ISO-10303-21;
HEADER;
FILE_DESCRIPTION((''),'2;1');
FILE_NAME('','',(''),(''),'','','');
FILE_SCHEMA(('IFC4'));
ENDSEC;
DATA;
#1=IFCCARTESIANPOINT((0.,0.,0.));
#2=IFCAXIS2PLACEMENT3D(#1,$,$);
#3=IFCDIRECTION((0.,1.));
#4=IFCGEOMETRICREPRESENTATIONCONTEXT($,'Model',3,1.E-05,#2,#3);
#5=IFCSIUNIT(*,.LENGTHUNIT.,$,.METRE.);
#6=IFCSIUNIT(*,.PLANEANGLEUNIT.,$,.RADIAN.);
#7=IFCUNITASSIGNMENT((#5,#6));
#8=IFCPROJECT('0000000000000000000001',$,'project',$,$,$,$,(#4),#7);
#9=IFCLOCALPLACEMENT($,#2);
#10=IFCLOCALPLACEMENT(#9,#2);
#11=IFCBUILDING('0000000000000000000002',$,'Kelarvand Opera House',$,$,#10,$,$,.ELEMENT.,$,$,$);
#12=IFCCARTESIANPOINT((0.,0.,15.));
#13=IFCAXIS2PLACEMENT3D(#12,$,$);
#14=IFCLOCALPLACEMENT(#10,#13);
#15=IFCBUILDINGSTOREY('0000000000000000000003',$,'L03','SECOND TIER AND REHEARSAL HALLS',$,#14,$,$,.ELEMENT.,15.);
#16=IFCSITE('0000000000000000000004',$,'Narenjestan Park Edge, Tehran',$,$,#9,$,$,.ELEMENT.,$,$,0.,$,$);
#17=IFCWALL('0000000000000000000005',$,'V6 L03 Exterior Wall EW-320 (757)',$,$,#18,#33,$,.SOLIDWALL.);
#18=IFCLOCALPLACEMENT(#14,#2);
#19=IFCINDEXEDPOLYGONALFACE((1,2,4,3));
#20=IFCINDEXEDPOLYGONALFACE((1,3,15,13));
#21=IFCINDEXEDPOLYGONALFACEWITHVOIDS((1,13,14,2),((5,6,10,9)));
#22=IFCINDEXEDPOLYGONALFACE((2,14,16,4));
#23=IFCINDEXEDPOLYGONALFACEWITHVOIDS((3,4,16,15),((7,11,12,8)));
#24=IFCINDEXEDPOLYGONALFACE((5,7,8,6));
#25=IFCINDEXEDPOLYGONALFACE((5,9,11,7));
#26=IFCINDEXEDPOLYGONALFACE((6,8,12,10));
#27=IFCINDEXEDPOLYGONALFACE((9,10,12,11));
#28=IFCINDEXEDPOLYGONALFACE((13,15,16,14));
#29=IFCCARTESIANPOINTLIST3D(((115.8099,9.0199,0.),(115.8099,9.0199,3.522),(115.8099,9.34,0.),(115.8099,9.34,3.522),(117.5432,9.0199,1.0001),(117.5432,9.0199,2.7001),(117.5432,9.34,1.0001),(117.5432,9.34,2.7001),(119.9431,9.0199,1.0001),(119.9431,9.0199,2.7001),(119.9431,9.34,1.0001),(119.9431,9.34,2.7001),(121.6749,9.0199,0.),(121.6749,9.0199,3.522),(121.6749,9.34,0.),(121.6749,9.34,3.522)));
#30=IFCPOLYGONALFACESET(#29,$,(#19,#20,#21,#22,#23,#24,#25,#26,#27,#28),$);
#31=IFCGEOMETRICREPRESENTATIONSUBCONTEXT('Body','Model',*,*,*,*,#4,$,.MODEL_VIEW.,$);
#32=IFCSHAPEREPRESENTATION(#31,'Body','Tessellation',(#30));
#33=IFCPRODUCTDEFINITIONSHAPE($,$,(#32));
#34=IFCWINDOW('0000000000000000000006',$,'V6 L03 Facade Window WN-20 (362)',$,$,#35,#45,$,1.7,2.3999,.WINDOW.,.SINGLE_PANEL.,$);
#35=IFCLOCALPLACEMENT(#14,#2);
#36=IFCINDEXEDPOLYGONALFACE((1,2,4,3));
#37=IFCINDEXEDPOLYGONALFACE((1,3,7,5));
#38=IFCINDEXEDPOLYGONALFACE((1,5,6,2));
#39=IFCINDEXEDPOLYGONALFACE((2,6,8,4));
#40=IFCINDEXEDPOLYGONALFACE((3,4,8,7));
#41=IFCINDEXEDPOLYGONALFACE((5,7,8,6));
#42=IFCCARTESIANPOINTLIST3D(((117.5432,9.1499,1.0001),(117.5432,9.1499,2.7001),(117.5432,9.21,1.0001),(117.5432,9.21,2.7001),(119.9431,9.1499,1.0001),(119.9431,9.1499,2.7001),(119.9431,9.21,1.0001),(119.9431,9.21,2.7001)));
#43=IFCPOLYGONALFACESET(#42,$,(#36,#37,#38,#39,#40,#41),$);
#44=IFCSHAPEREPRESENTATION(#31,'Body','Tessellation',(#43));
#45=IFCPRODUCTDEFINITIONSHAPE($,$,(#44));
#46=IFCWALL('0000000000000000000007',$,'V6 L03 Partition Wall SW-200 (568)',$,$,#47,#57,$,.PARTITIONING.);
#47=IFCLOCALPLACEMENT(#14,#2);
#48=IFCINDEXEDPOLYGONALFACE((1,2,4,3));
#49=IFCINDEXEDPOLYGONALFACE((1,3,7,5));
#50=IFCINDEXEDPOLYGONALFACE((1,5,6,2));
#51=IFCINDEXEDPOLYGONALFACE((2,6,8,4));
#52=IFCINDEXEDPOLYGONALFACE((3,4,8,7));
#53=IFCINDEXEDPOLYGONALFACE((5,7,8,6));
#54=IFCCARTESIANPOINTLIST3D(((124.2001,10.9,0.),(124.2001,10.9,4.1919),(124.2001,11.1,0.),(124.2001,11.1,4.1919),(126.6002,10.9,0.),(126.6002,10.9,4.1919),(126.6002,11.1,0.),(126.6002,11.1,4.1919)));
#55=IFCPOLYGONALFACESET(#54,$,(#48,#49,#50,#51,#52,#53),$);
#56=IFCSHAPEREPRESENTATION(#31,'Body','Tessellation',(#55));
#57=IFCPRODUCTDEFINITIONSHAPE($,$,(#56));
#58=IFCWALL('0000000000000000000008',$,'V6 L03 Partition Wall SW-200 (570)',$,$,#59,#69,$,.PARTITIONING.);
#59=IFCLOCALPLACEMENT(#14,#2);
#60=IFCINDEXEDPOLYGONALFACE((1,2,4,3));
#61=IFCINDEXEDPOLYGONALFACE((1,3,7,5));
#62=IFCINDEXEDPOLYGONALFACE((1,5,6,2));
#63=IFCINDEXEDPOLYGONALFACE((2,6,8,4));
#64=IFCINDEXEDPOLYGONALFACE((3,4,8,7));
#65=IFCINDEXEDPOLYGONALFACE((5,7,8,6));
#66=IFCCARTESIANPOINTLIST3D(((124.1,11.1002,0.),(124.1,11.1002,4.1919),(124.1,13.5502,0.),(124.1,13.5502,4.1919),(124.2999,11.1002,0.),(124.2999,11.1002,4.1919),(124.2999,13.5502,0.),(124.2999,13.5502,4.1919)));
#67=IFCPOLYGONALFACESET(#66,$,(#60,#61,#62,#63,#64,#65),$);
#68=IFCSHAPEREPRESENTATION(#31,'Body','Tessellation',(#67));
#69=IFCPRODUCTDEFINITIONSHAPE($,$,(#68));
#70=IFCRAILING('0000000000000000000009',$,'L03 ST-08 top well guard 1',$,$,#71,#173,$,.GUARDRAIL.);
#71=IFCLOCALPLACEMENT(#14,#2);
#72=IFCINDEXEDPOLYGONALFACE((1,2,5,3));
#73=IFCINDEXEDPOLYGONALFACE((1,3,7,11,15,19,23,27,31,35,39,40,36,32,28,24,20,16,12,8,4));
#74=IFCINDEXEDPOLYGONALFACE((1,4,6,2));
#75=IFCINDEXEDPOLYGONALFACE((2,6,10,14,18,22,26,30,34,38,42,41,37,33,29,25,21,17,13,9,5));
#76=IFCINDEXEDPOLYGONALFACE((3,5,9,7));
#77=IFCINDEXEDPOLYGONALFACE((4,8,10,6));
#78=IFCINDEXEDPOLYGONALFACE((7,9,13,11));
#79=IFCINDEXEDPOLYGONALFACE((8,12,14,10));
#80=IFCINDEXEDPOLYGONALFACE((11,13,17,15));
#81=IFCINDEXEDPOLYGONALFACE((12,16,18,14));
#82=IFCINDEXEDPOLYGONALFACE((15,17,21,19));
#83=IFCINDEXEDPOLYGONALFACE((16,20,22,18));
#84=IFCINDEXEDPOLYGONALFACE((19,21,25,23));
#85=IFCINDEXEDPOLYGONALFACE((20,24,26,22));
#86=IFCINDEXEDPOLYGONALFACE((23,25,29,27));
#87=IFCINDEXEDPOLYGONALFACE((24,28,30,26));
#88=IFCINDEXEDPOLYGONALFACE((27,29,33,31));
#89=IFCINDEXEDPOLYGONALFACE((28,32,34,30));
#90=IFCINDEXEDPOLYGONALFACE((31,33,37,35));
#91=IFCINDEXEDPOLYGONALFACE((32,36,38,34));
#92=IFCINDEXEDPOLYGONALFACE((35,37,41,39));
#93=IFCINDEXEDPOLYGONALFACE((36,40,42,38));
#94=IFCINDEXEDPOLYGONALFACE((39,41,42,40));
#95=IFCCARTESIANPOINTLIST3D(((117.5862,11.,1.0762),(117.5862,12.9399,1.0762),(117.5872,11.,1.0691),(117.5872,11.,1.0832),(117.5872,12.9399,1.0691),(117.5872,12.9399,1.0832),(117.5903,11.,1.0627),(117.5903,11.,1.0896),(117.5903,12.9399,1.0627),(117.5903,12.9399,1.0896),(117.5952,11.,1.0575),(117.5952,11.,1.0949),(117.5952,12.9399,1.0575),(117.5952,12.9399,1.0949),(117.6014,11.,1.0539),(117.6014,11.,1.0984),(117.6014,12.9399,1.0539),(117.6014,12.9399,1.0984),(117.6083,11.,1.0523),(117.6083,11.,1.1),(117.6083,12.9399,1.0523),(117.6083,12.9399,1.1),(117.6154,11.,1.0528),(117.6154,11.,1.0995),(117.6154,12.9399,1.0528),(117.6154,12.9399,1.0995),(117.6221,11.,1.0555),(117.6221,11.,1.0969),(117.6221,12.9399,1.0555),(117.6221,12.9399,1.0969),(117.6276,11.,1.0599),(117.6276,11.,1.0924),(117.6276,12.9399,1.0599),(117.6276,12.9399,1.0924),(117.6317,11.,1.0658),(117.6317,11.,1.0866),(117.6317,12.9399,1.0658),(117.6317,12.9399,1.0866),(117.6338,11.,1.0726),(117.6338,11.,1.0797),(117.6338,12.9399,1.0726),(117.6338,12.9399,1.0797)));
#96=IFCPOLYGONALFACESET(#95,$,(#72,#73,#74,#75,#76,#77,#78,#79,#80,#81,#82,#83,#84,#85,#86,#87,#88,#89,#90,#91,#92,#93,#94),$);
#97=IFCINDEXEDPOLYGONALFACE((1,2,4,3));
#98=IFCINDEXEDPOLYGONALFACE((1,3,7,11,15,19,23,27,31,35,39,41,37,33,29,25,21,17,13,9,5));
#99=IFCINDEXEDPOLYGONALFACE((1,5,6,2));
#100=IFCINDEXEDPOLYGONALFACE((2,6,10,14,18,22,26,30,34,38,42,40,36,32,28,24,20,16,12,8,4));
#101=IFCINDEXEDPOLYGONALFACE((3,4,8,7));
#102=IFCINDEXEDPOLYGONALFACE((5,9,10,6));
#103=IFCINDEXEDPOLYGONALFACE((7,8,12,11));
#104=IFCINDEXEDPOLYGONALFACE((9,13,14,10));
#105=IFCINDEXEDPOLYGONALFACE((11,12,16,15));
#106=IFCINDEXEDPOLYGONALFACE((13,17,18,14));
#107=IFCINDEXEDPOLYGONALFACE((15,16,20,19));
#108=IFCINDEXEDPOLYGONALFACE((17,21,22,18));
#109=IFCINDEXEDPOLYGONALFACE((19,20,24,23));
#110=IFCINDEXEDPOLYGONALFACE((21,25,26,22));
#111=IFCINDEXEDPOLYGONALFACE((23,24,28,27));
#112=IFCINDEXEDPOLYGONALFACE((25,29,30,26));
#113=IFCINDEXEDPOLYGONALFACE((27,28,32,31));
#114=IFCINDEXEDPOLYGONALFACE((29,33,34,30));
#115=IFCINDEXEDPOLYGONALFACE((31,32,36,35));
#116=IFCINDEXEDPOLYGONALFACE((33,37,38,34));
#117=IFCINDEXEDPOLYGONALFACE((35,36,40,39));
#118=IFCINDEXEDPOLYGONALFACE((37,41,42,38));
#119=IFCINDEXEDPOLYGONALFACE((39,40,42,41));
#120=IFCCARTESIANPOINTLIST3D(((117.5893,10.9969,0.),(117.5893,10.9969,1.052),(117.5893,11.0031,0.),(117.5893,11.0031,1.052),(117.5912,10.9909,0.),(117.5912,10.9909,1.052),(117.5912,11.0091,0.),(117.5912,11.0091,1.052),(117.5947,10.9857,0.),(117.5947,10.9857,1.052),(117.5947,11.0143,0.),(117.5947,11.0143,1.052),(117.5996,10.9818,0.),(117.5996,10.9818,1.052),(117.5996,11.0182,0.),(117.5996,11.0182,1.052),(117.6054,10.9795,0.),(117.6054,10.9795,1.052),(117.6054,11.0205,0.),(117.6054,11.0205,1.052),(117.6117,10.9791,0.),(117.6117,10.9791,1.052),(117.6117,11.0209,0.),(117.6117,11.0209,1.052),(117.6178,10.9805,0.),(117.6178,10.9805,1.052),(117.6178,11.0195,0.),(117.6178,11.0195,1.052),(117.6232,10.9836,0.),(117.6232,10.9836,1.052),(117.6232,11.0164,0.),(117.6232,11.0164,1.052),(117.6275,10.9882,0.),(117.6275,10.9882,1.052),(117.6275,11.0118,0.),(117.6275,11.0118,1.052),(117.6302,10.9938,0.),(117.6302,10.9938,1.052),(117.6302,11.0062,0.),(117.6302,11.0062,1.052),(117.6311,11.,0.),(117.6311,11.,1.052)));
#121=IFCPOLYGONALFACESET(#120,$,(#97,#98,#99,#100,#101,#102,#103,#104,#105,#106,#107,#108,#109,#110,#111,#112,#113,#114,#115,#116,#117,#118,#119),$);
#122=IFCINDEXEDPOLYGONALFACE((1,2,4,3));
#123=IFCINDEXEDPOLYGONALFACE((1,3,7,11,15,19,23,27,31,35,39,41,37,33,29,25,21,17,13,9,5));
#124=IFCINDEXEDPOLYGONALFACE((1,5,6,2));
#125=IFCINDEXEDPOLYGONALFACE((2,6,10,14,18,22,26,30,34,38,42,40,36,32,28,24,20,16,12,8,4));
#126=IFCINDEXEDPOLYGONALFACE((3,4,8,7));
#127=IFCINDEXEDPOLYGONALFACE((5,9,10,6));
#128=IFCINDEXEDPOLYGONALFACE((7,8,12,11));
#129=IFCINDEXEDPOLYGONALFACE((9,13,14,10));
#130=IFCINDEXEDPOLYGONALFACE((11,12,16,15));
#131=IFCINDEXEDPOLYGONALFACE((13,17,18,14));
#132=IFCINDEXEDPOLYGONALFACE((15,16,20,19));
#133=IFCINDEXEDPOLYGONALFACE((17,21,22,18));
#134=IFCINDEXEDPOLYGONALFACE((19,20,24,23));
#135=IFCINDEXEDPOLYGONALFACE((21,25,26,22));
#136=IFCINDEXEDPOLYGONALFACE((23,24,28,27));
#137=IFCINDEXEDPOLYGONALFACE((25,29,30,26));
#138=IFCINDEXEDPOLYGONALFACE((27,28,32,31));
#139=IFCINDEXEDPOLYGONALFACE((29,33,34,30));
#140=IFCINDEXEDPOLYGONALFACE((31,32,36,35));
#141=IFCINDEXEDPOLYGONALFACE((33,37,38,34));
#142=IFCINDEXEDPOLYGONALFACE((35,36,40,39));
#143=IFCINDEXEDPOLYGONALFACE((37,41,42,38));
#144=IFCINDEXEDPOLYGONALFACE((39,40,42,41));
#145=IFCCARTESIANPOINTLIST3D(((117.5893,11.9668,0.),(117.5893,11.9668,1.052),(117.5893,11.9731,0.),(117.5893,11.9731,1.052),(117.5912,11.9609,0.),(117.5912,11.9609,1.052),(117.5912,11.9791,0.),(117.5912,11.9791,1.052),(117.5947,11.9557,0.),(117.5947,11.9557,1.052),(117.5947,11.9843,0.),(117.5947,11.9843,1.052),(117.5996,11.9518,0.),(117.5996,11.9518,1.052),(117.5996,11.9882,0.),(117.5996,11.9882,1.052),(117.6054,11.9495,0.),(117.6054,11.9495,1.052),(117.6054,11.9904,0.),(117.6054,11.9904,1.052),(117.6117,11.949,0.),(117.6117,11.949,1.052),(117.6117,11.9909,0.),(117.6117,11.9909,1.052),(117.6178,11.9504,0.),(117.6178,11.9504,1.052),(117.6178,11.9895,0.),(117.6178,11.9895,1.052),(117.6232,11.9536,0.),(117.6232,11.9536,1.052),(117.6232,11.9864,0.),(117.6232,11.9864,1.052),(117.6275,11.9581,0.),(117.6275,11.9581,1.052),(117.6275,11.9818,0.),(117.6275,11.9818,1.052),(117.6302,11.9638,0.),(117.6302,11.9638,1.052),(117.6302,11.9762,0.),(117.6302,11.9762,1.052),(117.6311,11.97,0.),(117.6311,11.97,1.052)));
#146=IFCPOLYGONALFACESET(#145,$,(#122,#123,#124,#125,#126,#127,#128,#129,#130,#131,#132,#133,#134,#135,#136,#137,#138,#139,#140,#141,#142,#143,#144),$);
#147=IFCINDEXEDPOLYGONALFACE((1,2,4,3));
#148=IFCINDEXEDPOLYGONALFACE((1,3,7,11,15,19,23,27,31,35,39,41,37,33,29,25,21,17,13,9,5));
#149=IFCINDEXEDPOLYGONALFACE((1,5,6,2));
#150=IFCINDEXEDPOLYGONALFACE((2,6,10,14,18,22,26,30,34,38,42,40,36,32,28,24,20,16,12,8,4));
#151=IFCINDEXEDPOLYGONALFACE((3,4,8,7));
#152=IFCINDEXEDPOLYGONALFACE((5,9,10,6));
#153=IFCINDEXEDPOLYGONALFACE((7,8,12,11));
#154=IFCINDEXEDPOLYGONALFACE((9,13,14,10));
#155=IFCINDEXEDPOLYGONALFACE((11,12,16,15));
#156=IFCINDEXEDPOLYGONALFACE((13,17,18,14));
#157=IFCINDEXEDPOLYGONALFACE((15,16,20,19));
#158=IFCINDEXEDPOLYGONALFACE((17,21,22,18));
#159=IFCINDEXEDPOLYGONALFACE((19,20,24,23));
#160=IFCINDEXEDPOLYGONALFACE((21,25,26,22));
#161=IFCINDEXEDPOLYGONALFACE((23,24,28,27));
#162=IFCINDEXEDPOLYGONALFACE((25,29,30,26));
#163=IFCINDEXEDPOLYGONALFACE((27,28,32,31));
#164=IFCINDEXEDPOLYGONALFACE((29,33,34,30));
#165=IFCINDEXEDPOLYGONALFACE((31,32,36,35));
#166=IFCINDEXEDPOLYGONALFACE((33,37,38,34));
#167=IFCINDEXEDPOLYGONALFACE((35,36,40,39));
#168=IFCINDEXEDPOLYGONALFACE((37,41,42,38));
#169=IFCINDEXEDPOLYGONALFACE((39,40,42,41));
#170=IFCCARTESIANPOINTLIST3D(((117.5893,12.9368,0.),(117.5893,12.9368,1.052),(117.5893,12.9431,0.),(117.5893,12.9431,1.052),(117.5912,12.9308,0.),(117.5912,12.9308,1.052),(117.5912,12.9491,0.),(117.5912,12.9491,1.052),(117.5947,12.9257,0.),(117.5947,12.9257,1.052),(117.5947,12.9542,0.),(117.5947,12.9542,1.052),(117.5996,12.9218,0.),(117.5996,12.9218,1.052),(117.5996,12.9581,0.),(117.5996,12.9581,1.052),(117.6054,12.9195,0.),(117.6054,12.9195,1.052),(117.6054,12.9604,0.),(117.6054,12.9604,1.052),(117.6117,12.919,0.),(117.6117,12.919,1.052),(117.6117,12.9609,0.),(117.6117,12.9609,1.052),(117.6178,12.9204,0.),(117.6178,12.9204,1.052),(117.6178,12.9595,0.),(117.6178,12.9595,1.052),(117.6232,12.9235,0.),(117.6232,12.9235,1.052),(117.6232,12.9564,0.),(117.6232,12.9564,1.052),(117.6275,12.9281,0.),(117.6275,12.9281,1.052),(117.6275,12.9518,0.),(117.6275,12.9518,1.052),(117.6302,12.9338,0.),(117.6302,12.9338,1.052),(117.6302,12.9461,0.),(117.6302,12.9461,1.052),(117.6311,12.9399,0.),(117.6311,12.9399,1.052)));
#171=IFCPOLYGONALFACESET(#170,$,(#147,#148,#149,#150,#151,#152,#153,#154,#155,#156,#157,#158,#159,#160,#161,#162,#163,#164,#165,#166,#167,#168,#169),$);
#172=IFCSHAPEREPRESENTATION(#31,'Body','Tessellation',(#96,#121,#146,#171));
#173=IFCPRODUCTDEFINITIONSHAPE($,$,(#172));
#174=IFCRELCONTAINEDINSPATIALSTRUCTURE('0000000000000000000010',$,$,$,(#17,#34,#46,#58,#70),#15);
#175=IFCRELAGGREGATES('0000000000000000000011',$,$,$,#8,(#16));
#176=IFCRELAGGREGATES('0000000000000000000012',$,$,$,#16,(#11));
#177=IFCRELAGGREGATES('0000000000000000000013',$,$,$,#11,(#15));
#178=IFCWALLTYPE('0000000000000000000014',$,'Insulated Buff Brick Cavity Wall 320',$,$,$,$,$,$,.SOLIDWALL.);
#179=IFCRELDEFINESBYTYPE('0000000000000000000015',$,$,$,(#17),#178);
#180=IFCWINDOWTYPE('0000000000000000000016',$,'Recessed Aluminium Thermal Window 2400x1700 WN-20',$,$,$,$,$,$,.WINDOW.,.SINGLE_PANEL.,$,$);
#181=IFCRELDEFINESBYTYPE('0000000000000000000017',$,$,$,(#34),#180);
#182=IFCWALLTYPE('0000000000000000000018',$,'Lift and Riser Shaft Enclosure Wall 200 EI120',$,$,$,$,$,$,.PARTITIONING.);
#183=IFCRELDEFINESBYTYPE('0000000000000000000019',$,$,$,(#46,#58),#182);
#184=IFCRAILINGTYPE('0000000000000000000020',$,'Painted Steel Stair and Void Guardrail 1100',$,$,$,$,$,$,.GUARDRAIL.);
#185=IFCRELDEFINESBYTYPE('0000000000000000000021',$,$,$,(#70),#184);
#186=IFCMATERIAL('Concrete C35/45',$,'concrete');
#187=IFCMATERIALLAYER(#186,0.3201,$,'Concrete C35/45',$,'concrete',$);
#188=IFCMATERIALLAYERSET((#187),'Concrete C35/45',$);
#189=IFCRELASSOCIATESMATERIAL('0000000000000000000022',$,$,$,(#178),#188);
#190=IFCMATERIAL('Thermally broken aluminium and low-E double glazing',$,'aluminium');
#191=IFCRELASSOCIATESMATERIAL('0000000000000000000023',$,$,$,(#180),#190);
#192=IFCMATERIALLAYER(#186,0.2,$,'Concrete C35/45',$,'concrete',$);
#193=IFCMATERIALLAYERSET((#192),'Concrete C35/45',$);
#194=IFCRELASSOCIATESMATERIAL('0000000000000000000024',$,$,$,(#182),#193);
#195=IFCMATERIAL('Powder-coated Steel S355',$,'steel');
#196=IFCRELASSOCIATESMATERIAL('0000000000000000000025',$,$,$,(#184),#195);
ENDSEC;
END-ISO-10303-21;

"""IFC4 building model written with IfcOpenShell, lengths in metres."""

from ifc_helpers import new_model, si_unit, direction, frame, frame_2d, origin, origin_2d, place, context, subcontext, project, spatial, rectangle, circle, extrude, material, layer, layer_set, type_object, element, fill, save


model = new_model("IFC4")

# Units and contexts
model_context = context("Model", 3, precision=1e-05, world=origin(), true_north=direction((0.0, 1.0)))
body_context = subcontext(model_context, "Body", "Model", "MODEL_VIEW")
ifc_project = project(units=[si_unit("LENGTHUNIT", "METRE"), si_unit("PLANEANGLEUNIT", "RADIAN")], contexts=[model_context])

# Site, building, storey
site_placement = place(None, origin())
site = spatial("IfcSite", under=ifc_project, at=site_placement, Name="Narenjestan Park Edge, Tehran", CompositionType="ELEMENT", RefElevation=0.0)
building_placement = place(site_placement, origin())
building = spatial("IfcBuilding", under=site, at=building_placement, Name="Kelarvand Opera House", CompositionType="ELEMENT")
storey_placement = place(building_placement, frame((0.0, 0.0, 15.0)))
storey = spatial("IfcBuildingStorey", under=building, at=storey_placement, Name="L03", Description="SECOND TIER AND REHEARSAL HALLS", CompositionType="ELEMENT", Elevation=15.0)

# Shared definitions
ifc_material_1 = material(Name="Concrete C35/45", Category="concrete")

# Wall, opening, window
ifc_layer_1 = layer(ifc_material_1, 0.3201, Name="Concrete C35/45", Category="concrete")
ifc_layer_set_1 = layer_set([ifc_layer_1], Name="Concrete C35/45")
wall_type_1 = type_object("IfcWallType", Name="Insulated Buff Brick Cavity Wall 320", PredefinedType="SOLIDWALL", material=ifc_layer_set_1)
wall_1_placement = place(storey_placement, frame((121.675, 9.1799, 0.0), z_axis=(0.0, 0.0, 1.0), x_axis=(-1.0, 0.0, 0.0)))
wall_1 = element("IfcWall", 1, at=wall_1_placement, inside=storey, type_object=wall_type_1, Name="V6 L03 Exterior Wall EW-320 (757)", PredefinedType="SOLIDWALL", context=body_context, shape_type="SweptSolid", body=[
    extrude(rectangle(XDim=5.865, YDim=0.3201, at=frame_2d((2.9326, 0.0))), origin(), (0.0, 0.0, 1.0), 3.522),
])
opening_placement = place(wall_1_placement, frame((1.7319, 0.0, 1.0)))
opening = element("IfcOpeningElement", 2, at=opening_placement, cuts=wall_1, PredefinedType="OPENING", context=body_context, shape_type="SweptSolid", body=[
    extrude(rectangle(XDim=2.3999, YDim=1.7, at=frame_2d((1.2, 0.8501))), frame((0.0, 0.1699, 0.0), z_axis=(0.0, -1.0, 0.0), x_axis=(1.0, 0.0, 0.0)), (0.0, 0.0, 1.0), 0.3401),
])
ifc_material_2 = material(Name="Thermally broken aluminium and low-E double glazing", Category="aluminium")
window_type = type_object("IfcWindowType", Name="Recessed Aluminium Thermal Window 2400x1700 WN-20", PartitioningType="SINGLE_PANEL", PredefinedType="WINDOW", material=ifc_material_2)
window_placement = place(opening_placement, origin())
window = element("IfcWindow", 3, at=window_placement, inside=storey, type_object=window_type, Name="V6 L03 Facade Window WN-20 (362)", OverallHeight=1.7, OverallWidth=2.3999, PartitioningType="SINGLE_PANEL", PredefinedType="WINDOW", context=body_context, shape_type="SweptSolid", body=[
    extrude(rectangle(XDim=2.3999, YDim=1.7, at=frame_2d((1.2, 0.8501))), frame((0.0, 0.03, 0.0), z_axis=(0.0, -1.0, 0.0), x_axis=(1.0, 0.0, 0.0)), (0.0, 0.0, 1.0), 0.0601),
])
fill(opening, window)

# Walls
ifc_layer_2 = layer(ifc_material_1, 0.2, Name="Concrete C35/45", Category="concrete")
ifc_layer_set_2 = layer_set([ifc_layer_2], Name="Concrete C35/45")
wall_type_2 = type_object("IfcWallType", Name="Lift and Riser Shaft Enclosure Wall 200 EI120", PredefinedType="PARTITIONING", material=ifc_layer_set_2)
wall_2_placement = place(storey_placement, frame((124.2, 11.0, 0.0), z_axis=(0.0, 0.0, 1.0), x_axis=(1.0, 0.0, 0.0)))
element("IfcWall", 4, at=wall_2_placement, inside=storey, type_object=wall_type_2, Name="V6 L03 Partition Wall SW-200 (568)", PredefinedType="PARTITIONING", context=body_context, shape_type="SweptSolid", body=[
    extrude(rectangle(XDim=2.4001, YDim=0.2, at=frame_2d((1.2002, 0.0))), origin(), (0.0, 0.0, 1.0), 4.1919),
])
wall_3_placement = place(storey_placement, frame((124.2, 11.1001, 0.0), z_axis=(0.0, 0.0, 1.0), x_axis=(0.0, 1.0, 0.0)))
element("IfcWall", 5, at=wall_3_placement, inside=storey, type_object=wall_type_2, Name="V6 L03 Partition Wall SW-200 (570)", PredefinedType="PARTITIONING", context=body_context, shape_type="SweptSolid", body=[
    extrude(rectangle(XDim=2.45, YDim=0.2, at=frame_2d((1.2251, 0.0))), origin(), (0.0, 0.0, 1.0), 4.1919),
])

# Railing
ifc_material_3 = material(Name="Powder-coated Steel S355", Category="steel")
railing_type = type_object("IfcRailingType", Name="Painted Steel Stair and Void Guardrail 1100", PredefinedType="GUARDRAIL", material=ifc_material_3)
railing_placement = place(storey_placement, frame((117.6101, 11.0, 0.0)))
element("IfcRailing", 6, at=railing_placement, inside=storey, type_object=railing_type, Name="L03 ST-08 top well guard 1", PredefinedType="GUARDRAIL", context=body_context, shape_type="SweptSolid", body=[
    extrude(circle(Radius=0.0239, at=origin_2d()), frame((0.0, 0.0, 1.0762), z_axis=(0.0, 1.0, 0.0), x_axis=(-1.0, 0.0, 0.0)), (0.0, 0.0, 1.0), 1.9399),
    extrude(circle(Radius=0.021, at=origin_2d()), origin(), (0.0, 0.0, 1.0), 1.052),
    extrude(circle(Radius=0.021, at=origin_2d()), frame((0.0, 0.97, 0.0)), (0.0, 0.0, 1.0), 1.052),
    extrude(circle(Radius=0.021, at=origin_2d()), frame((0.0, 1.9399, 0.0)), (0.0, 0.0, 1.0), 1.052),
])

save(model, "model.ifc")
